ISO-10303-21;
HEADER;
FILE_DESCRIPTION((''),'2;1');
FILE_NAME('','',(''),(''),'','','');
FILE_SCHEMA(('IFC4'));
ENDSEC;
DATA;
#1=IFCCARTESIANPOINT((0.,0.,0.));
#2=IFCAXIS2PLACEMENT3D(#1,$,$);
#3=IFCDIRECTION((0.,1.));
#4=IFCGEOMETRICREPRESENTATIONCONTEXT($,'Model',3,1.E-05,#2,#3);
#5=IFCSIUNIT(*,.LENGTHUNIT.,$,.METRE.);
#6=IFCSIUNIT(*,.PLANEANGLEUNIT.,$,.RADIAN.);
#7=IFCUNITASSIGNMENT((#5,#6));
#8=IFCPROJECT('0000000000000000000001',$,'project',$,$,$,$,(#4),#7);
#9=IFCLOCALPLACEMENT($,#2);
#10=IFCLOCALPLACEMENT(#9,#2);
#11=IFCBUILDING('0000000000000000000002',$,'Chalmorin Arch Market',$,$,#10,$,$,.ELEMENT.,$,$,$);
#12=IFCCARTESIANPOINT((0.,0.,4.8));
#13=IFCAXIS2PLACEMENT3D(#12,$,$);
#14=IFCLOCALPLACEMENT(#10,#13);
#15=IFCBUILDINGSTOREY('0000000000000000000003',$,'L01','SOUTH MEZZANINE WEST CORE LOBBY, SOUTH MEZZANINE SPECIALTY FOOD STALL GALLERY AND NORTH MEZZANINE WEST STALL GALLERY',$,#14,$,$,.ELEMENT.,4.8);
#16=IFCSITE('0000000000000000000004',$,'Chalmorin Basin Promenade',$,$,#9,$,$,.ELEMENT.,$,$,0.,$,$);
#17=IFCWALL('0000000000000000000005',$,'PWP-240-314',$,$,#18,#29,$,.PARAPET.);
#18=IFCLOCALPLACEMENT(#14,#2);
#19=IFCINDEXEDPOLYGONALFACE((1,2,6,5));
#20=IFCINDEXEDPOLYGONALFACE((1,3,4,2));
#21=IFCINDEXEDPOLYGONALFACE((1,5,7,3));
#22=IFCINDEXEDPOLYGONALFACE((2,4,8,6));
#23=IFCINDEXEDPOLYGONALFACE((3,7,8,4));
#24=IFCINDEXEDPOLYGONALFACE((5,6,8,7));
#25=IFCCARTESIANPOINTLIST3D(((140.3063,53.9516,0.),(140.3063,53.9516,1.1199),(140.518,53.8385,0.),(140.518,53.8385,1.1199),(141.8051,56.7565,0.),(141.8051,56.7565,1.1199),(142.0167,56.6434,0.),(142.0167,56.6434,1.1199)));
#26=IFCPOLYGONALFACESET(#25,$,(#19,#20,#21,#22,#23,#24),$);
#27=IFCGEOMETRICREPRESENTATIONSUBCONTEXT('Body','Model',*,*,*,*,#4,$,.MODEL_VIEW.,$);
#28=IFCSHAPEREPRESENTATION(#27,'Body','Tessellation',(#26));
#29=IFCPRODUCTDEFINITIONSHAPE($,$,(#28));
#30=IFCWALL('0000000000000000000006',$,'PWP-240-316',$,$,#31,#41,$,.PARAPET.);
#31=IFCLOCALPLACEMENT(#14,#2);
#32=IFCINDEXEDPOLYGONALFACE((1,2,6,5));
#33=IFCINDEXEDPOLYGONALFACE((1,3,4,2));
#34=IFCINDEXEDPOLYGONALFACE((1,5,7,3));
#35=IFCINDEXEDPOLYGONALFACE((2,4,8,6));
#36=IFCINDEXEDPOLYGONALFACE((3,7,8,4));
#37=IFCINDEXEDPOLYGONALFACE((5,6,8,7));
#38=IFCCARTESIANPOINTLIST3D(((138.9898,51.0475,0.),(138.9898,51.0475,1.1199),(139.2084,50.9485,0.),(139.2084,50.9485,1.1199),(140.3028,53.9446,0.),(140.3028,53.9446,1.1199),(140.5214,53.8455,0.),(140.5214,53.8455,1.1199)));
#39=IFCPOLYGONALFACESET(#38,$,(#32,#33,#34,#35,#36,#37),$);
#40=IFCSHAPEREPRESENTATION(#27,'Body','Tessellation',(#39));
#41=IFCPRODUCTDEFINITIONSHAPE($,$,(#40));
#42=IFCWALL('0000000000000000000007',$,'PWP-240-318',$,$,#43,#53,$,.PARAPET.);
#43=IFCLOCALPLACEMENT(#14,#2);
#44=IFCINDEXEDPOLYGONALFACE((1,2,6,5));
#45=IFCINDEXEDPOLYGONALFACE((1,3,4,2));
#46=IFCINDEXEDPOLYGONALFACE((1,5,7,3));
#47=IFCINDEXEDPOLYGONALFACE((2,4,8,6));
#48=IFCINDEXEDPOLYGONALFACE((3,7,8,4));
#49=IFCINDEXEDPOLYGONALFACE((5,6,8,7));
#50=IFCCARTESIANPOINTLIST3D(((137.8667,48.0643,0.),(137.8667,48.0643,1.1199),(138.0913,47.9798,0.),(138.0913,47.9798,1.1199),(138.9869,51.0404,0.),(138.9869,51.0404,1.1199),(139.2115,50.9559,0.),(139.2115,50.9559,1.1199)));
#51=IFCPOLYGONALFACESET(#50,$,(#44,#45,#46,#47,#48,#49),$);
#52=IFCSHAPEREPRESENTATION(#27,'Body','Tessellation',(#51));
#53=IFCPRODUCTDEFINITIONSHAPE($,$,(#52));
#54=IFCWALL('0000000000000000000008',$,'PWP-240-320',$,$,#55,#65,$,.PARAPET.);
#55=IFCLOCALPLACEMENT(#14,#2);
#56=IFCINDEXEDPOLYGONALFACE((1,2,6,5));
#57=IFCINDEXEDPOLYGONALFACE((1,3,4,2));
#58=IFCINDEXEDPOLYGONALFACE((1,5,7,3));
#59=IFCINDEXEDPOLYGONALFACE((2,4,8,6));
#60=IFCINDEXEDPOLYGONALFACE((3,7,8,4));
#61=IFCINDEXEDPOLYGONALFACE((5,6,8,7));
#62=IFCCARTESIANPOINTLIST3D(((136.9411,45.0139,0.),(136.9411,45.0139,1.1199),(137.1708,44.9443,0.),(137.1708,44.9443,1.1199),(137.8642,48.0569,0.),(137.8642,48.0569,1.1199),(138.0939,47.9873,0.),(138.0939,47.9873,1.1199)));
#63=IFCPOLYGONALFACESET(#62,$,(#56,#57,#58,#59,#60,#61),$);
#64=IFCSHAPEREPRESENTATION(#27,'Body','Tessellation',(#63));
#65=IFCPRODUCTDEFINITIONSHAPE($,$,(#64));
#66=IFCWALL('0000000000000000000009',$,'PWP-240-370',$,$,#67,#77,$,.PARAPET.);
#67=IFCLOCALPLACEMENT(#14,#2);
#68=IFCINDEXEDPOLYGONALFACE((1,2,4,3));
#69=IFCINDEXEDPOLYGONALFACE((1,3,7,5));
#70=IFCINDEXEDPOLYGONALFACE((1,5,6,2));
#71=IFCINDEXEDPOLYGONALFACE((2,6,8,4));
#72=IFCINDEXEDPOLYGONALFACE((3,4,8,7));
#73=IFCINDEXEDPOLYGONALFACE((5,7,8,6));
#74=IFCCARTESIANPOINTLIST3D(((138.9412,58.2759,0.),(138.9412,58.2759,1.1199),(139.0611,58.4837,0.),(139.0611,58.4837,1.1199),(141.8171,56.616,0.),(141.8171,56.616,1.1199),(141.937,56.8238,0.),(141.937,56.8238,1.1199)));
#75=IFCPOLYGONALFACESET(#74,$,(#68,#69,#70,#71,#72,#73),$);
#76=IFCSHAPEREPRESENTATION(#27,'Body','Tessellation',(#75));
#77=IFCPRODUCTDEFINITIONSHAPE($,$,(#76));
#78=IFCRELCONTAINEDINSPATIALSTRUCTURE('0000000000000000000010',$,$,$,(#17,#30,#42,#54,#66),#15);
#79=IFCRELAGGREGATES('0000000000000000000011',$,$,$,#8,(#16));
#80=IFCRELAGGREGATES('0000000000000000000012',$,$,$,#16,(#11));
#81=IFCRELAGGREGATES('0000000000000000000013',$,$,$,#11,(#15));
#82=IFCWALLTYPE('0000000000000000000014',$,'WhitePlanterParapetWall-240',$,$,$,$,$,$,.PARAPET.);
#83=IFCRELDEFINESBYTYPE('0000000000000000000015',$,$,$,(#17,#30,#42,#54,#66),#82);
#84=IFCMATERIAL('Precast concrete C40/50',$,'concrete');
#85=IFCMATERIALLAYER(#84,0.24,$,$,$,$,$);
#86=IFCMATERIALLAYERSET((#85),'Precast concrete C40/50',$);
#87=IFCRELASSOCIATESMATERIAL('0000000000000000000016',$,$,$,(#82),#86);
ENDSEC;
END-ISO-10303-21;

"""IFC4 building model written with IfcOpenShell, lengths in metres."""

from ifc_helpers import new_model, si_unit, direction, frame, frame_2d, origin, place, context, subcontext, project, spatial, rectangle, extrude, material, layer, layer_set, type_object, element, save


model = new_model("IFC4")

# Units and contexts
model_context = context("Model", 3, precision=1e-05, world=origin(), true_north=direction((0.0, 1.0)))
body_context = subcontext(model_context, "Body", "Model", "MODEL_VIEW")
ifc_project = project(units=[si_unit("LENGTHUNIT", "METRE"), si_unit("PLANEANGLEUNIT", "RADIAN")], contexts=[model_context])

# Site, building, storey
site_placement = place(None, origin())
site = spatial("IfcSite", under=ifc_project, at=site_placement, Name="Chalmorin Basin Promenade", CompositionType="ELEMENT", RefElevation=0.0)
building_placement = place(site_placement, origin())
building = spatial("IfcBuilding", under=site, at=building_placement, Name="Chalmorin Arch Market", CompositionType="ELEMENT")
storey_placement = place(building_placement, frame((0.0, 0.0, 4.8)))
storey = spatial("IfcBuildingStorey", under=building, at=storey_placement, Name="L01", Description="SOUTH MEZZANINE WEST CORE LOBBY, SOUTH MEZZANINE SPECIALTY FOOD STALL GALLERY AND NORTH MEZZANINE WEST STALL GALLERY", CompositionType="ELEMENT", Elevation=4.8)

# Walls
ifc_material_1 = material(Name="Precast concrete C40/50", Category="concrete")
ifc_layer_1 = layer(ifc_material_1, 0.24)
ifc_layer_set_1 = layer_set([ifc_layer_1], Name="Precast concrete C40/50")
wall_type_1 = type_object("IfcWallType", Name="WhitePlanterParapetWall-240", PredefinedType="PARAPET", material=ifc_layer_set_1)
wall_1_placement = place(storey_placement, frame((141.9109, 56.7, 0.0), z_axis=(0.0, 0.0, 1.0), x_axis=(-0.471277, -0.881985, 0.0)))
element("IfcWall", 1, at=wall_1_placement, inside=storey, type_object=wall_type_1, Name="PWP-240-314", PredefinedType="PARAPET", context=body_context, shape_type="SweptSolid", body=[
    extrude(rectangle(XDim=3.1802, YDim=0.24, at=frame_2d((1.5901, 0.0))), origin(), (0.0, 0.0, 1.0), 1.1199),
])
wall_2_placement = place(storey_placement, frame((140.4121, 53.895, 0.0), z_axis=(0.0, 0.0, 1.0), x_axis=(-0.412808, -0.910818, 0.0)))
element("IfcWall", 2, at=wall_2_placement, inside=storey, type_object=wall_type_1, Name="PWP-240-316", PredefinedType="PARAPET", context=body_context, shape_type="SweptSolid", body=[
    extrude(rectangle(XDim=3.1807, YDim=0.24, at=frame_2d((1.5903, 0.0))), origin(), (0.0, 0.0, 1.0), 1.1199),
])
for number, where, z_axis, x_axis, name in (
    (3, (139.0991, 50.998, 0.0), (0.0, 0.0, 1.0), (-0.352251, -0.935906, 0.0), "PWP-240-318"),
    (4, (137.979, 48.022, 0.0), (0.0, 0.0, 1.0), (-0.290291, -0.956938, 0.0), "PWP-240-320"),
):
    element("IfcWall", number, at=place(storey_placement, frame(where, z_axis=z_axis, x_axis=x_axis)), inside=storey, type_object=wall_type_1, Name=name, PredefinedType="PARAPET", context=body_context, shape_type="SweptSolid", body=[
        extrude(rectangle(XDim=3.1799, YDim=0.24, at=frame_2d((1.5898, 0.0))), origin(), (0.0, 0.0, 1.0), 1.1199),
    ])
wall_3_placement = place(storey_placement, frame((141.877, 56.72, 0.0), z_axis=(0.0, 0.0, 1.0), x_axis=(-0.866095, 0.499879, 0.0)))
element("IfcWall", 5, at=wall_3_placement, inside=storey, type_object=wall_type_1, Name="PWP-240-370", PredefinedType="PARAPET", context=body_context, shape_type="SweptSolid", body=[
    extrude(rectangle(XDim=3.3206, YDim=0.24, at=frame_2d((1.6602, 0.0))), origin(), (0.0, 0.0, 1.0), 1.1199),
])

save(model, "model.ifc")
